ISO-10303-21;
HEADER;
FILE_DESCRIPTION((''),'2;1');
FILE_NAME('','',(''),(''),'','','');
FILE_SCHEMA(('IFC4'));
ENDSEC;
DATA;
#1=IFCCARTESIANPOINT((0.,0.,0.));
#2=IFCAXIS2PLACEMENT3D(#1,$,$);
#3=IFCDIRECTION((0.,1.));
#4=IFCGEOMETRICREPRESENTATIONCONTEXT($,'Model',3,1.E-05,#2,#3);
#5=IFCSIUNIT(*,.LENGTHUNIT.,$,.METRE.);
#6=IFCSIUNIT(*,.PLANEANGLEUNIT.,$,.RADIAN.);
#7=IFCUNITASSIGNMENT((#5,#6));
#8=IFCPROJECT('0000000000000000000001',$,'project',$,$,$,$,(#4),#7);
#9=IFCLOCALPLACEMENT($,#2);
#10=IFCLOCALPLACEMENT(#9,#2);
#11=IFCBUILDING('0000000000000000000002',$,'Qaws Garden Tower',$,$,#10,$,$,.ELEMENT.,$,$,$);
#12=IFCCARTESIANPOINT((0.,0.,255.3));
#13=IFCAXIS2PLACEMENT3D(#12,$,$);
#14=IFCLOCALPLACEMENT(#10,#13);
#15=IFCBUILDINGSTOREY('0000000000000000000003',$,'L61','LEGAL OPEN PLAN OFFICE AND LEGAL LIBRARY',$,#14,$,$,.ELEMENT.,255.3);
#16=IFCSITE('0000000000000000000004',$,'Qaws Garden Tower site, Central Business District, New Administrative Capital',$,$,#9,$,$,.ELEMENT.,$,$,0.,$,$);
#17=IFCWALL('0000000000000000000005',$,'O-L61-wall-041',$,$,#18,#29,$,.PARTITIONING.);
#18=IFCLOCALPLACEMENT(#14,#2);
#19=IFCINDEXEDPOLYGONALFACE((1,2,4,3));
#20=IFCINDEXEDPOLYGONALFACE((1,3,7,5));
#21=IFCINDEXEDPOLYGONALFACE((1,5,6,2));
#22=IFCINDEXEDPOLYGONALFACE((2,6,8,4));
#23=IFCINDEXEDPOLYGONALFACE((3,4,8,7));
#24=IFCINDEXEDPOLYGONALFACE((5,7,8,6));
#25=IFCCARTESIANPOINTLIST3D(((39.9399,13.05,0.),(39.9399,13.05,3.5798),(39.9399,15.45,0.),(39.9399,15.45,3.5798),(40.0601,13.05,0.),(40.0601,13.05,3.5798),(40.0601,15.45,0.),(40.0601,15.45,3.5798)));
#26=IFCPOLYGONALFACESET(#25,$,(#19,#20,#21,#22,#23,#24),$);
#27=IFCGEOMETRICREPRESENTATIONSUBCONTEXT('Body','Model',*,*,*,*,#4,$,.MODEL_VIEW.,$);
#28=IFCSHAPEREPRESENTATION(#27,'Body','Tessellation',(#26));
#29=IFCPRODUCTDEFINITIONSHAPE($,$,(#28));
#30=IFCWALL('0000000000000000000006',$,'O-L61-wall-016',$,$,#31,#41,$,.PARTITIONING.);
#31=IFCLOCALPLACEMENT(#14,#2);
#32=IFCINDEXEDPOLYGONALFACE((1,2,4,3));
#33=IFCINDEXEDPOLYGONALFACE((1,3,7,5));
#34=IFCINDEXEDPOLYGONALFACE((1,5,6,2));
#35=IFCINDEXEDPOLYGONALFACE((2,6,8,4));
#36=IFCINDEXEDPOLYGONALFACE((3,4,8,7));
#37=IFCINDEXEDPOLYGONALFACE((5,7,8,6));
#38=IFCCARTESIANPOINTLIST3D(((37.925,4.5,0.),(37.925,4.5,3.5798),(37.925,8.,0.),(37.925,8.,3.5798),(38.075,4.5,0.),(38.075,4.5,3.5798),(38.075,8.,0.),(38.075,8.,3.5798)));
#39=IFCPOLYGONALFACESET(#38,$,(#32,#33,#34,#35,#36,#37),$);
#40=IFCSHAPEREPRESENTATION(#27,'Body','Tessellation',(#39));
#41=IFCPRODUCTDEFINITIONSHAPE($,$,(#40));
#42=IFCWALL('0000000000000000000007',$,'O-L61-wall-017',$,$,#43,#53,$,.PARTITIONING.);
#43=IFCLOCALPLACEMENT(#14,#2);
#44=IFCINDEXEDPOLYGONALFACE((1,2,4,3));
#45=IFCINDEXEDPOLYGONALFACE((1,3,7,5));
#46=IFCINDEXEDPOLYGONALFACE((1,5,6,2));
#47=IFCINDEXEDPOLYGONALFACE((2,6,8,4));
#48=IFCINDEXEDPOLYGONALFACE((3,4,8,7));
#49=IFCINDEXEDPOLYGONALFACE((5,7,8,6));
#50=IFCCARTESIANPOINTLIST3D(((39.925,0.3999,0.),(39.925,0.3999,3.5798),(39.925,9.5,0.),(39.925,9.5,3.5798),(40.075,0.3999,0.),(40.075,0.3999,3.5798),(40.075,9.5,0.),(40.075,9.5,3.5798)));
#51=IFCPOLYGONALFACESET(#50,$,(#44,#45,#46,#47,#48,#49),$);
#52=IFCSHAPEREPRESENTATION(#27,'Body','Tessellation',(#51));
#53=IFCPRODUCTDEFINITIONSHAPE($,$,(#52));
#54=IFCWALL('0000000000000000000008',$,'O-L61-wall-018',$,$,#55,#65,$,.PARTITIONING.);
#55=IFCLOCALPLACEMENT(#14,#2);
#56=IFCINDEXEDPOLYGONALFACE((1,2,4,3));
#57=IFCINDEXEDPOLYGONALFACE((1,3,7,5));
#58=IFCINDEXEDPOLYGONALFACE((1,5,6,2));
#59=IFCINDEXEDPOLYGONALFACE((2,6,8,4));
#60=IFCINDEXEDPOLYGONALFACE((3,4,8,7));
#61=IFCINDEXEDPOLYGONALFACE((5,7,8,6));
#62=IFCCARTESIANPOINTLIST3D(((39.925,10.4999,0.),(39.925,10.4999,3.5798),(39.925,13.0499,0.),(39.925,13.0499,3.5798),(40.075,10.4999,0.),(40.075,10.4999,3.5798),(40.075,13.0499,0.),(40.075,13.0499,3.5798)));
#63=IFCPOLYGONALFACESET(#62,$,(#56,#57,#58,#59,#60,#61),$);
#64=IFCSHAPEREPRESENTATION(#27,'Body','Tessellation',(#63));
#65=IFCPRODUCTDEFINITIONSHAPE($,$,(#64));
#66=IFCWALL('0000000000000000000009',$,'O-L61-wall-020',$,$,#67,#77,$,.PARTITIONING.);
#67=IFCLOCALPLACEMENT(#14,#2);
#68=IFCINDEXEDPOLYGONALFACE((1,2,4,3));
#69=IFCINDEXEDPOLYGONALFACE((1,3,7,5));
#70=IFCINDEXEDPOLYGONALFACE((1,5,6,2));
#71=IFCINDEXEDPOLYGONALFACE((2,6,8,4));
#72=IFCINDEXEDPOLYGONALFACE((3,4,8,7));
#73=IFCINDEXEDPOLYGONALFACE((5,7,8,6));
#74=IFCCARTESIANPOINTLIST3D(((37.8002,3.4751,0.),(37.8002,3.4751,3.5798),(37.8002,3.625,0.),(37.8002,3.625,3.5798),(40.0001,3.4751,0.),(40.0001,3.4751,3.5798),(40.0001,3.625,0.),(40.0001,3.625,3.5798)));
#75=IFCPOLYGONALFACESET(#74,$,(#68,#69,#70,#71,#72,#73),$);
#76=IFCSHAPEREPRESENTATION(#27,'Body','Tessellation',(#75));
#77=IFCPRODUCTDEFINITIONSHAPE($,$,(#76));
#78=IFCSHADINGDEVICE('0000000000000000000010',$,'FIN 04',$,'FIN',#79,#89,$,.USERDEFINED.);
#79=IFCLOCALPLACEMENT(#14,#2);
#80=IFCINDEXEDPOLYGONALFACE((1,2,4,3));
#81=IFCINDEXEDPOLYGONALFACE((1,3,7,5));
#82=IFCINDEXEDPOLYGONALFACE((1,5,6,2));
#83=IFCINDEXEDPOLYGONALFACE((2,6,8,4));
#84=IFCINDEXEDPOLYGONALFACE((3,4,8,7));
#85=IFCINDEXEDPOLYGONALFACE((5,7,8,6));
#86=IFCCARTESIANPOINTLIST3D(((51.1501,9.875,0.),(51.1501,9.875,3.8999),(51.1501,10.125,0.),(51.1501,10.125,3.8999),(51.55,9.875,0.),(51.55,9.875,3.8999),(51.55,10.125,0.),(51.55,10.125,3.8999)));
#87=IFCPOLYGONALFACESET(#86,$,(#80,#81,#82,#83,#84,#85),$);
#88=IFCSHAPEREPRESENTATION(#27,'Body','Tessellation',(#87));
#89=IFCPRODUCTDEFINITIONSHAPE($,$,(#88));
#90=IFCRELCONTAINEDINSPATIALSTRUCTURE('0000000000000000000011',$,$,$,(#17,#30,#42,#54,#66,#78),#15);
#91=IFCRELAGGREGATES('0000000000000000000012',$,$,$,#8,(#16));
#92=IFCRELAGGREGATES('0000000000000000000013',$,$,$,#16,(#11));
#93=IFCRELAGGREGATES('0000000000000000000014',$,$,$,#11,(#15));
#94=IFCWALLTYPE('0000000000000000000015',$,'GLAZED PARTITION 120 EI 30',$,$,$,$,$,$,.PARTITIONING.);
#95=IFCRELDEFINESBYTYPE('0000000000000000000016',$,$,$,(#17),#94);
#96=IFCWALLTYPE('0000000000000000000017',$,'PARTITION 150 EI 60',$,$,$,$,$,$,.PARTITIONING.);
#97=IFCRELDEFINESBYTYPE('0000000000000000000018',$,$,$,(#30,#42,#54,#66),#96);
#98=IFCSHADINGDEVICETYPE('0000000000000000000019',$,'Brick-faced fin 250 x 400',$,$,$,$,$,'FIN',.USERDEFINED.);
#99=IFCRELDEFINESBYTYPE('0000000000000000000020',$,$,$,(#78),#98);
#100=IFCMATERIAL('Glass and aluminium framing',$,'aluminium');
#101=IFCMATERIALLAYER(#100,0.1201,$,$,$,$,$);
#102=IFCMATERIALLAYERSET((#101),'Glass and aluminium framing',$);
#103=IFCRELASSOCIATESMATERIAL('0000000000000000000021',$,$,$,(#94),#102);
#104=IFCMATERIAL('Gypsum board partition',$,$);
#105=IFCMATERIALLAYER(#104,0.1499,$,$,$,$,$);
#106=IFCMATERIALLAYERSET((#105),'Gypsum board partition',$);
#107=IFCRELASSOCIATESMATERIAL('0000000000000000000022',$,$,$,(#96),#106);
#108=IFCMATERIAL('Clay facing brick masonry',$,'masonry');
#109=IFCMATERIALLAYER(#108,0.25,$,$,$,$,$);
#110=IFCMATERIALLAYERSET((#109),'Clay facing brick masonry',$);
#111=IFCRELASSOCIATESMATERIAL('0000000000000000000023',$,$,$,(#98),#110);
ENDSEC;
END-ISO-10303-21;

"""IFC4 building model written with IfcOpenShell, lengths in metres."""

from ifc_helpers import new_model, si_unit, direction, frame, frame_2d, origin, origin_2d, place, context, subcontext, project, spatial, rectangle, extrude, material, layer, layer_set, type_object, element, save


model = new_model("IFC4")

# Units and contexts
model_context = context("Model", 3, precision=1e-05, world=origin(), true_north=direction((0.0, 1.0)))
body_context = subcontext(model_context, "Body", "Model", "MODEL_VIEW")
ifc_project = project(units=[si_unit("LENGTHUNIT", "METRE"), si_unit("PLANEANGLEUNIT", "RADIAN")], contexts=[model_context])

# Site, building, storey
site_placement = place(None, origin())
site = spatial("IfcSite", under=ifc_project, at=site_placement, Name="Qaws Garden Tower site, Central Business District, New Administrative Capital", CompositionType="ELEMENT", RefElevation=0.0)
building_placement = place(site_placement, origin())
building = spatial("IfcBuilding", under=site, at=building_placement, Name="Qaws Garden Tower", CompositionType="ELEMENT")
storey_placement = place(building_placement, frame((0.0, 0.0, 255.3)))
storey = spatial("IfcBuildingStorey", under=building, at=storey_placement, Name="L61", Description="LEGAL OPEN PLAN OFFICE AND LEGAL LIBRARY", CompositionType="ELEMENT", Elevation=255.3)

# Walls
ifc_material_1 = material(Name="Glass and aluminium framing", Category="aluminium")
ifc_layer_1 = layer(ifc_material_1, 0.1201)
ifc_layer_set_1 = layer_set([ifc_layer_1], Name="Glass and aluminium framing")
wall_type_1 = type_object("IfcWallType", Name="GLAZED PARTITION 120 EI 30", PredefinedType="PARTITIONING", material=ifc_layer_set_1)
wall_1_placement = place(storey_placement, frame((40.0, 13.05, 0.0), z_axis=(0.0, 0.0, 1.0), x_axis=(0.0, 1.0, 0.0)))
element("IfcWall", 1, at=wall_1_placement, inside=storey, type_object=wall_type_1, Name="O-L61-wall-041", PredefinedType="PARTITIONING", context=body_context, shape_type="SweptSolid", body=[
    extrude(rectangle(XDim=2.3999, YDim=0.1201, at=frame_2d((1.2, 0.0))), origin(), (0.0, 0.0, 1.0), 3.5798),
])
ifc_material_2 = material(Name="Gypsum board partition")
ifc_layer_2 = layer(ifc_material_2, 0.1499)
ifc_layer_set_2 = layer_set([ifc_layer_2], Name="Gypsum board partition")
wall_type_2 = type_object("IfcWallType", Name="PARTITION 150 EI 60", PredefinedType="PARTITIONING", material=ifc_layer_set_2)
wall_2_placement = place(storey_placement, frame((38.0, 4.5, 0.0), z_axis=(0.0, 0.0, 1.0), x_axis=(0.0, 1.0, 0.0)))
element("IfcWall", 2, at=wall_2_placement, inside=storey, type_object=wall_type_2, Name="O-L61-wall-016", PredefinedType="PARTITIONING", context=body_context, shape_type="SweptSolid", body=[
    extrude(rectangle(XDim=3.5, YDim=0.1499, at=frame_2d((1.75, 0.0))), origin(), (0.0, 0.0, 1.0), 3.5798),
])
wall_3_placement = place(storey_placement, frame((40.0, 0.3999, 0.0), z_axis=(0.0, 0.0, 1.0), x_axis=(0.0, 1.0, 0.0)))
element("IfcWall", 3, at=wall_3_placement, inside=storey, type_object=wall_type_2, Name="O-L61-wall-017", PredefinedType="PARTITIONING", context=body_context, shape_type="SweptSolid", body=[
    extrude(rectangle(XDim=9.1001, YDim=0.1499, at=frame_2d((4.55, 0.0))), origin(), (0.0, 0.0, 1.0), 3.5798),
])
wall_4_placement = place(storey_placement, frame((40.0, 10.5, 0.0), z_axis=(0.0, 0.0, 1.0), x_axis=(0.0, 1.0, 0.0)))
element("IfcWall", 4, at=wall_4_placement, inside=storey, type_object=wall_type_2, Name="O-L61-wall-018", PredefinedType="PARTITIONING", context=body_context, shape_type="SweptSolid", body=[
    extrude(rectangle(XDim=2.55, YDim=0.1499, at=frame_2d((1.2749, 0.0))), origin(), (0.0, 0.0, 1.0), 3.5798),
])
wall_5_placement = place(storey_placement, frame((37.8, 3.55, 0.0), z_axis=(0.0, 0.0, 1.0), x_axis=(1.0, 0.0, 0.0)))
element("IfcWall", 5, at=wall_5_placement, inside=storey, type_object=wall_type_2, Name="O-L61-wall-020", PredefinedType="PARTITIONING", context=body_context, shape_type="SweptSolid", body=[
    extrude(rectangle(XDim=2.2, YDim=0.1499, at=frame_2d((1.1001, 0.0))), origin(), (0.0, 0.0, 1.0), 3.5798),
])

# Shading device
ifc_material_3 = material(Name="Clay facing brick masonry", Category="masonry")
ifc_layer_3 = layer(ifc_material_3, 0.25)
ifc_layer_set_3 = layer_set([ifc_layer_3], Name="Clay facing brick masonry")
shading_device_type = type_object("IfcShadingDeviceType", Name="Brick-faced fin 250 x 400", ElementType="FIN", PredefinedType="USERDEFINED", material=ifc_layer_set_3)
shading_device_placement = place(storey_placement, frame((51.3501, 10.0, 0.0), z_axis=(0.0, 0.0, 1.0), x_axis=(0.0, 1.0, 0.0)))
element("IfcShadingDevice", 6, at=shading_device_placement, inside=storey, type_object=shading_device_type, Name="FIN 04", ObjectType="FIN", PredefinedType="USERDEFINED", context=body_context, shape_type="SweptSolid", body=[
    extrude(rectangle(XDim=0.25, YDim=0.3999, at=origin_2d()), origin(), (0.0, 0.0, 1.0), 3.8999),
])

save(model, "model.ifc")
